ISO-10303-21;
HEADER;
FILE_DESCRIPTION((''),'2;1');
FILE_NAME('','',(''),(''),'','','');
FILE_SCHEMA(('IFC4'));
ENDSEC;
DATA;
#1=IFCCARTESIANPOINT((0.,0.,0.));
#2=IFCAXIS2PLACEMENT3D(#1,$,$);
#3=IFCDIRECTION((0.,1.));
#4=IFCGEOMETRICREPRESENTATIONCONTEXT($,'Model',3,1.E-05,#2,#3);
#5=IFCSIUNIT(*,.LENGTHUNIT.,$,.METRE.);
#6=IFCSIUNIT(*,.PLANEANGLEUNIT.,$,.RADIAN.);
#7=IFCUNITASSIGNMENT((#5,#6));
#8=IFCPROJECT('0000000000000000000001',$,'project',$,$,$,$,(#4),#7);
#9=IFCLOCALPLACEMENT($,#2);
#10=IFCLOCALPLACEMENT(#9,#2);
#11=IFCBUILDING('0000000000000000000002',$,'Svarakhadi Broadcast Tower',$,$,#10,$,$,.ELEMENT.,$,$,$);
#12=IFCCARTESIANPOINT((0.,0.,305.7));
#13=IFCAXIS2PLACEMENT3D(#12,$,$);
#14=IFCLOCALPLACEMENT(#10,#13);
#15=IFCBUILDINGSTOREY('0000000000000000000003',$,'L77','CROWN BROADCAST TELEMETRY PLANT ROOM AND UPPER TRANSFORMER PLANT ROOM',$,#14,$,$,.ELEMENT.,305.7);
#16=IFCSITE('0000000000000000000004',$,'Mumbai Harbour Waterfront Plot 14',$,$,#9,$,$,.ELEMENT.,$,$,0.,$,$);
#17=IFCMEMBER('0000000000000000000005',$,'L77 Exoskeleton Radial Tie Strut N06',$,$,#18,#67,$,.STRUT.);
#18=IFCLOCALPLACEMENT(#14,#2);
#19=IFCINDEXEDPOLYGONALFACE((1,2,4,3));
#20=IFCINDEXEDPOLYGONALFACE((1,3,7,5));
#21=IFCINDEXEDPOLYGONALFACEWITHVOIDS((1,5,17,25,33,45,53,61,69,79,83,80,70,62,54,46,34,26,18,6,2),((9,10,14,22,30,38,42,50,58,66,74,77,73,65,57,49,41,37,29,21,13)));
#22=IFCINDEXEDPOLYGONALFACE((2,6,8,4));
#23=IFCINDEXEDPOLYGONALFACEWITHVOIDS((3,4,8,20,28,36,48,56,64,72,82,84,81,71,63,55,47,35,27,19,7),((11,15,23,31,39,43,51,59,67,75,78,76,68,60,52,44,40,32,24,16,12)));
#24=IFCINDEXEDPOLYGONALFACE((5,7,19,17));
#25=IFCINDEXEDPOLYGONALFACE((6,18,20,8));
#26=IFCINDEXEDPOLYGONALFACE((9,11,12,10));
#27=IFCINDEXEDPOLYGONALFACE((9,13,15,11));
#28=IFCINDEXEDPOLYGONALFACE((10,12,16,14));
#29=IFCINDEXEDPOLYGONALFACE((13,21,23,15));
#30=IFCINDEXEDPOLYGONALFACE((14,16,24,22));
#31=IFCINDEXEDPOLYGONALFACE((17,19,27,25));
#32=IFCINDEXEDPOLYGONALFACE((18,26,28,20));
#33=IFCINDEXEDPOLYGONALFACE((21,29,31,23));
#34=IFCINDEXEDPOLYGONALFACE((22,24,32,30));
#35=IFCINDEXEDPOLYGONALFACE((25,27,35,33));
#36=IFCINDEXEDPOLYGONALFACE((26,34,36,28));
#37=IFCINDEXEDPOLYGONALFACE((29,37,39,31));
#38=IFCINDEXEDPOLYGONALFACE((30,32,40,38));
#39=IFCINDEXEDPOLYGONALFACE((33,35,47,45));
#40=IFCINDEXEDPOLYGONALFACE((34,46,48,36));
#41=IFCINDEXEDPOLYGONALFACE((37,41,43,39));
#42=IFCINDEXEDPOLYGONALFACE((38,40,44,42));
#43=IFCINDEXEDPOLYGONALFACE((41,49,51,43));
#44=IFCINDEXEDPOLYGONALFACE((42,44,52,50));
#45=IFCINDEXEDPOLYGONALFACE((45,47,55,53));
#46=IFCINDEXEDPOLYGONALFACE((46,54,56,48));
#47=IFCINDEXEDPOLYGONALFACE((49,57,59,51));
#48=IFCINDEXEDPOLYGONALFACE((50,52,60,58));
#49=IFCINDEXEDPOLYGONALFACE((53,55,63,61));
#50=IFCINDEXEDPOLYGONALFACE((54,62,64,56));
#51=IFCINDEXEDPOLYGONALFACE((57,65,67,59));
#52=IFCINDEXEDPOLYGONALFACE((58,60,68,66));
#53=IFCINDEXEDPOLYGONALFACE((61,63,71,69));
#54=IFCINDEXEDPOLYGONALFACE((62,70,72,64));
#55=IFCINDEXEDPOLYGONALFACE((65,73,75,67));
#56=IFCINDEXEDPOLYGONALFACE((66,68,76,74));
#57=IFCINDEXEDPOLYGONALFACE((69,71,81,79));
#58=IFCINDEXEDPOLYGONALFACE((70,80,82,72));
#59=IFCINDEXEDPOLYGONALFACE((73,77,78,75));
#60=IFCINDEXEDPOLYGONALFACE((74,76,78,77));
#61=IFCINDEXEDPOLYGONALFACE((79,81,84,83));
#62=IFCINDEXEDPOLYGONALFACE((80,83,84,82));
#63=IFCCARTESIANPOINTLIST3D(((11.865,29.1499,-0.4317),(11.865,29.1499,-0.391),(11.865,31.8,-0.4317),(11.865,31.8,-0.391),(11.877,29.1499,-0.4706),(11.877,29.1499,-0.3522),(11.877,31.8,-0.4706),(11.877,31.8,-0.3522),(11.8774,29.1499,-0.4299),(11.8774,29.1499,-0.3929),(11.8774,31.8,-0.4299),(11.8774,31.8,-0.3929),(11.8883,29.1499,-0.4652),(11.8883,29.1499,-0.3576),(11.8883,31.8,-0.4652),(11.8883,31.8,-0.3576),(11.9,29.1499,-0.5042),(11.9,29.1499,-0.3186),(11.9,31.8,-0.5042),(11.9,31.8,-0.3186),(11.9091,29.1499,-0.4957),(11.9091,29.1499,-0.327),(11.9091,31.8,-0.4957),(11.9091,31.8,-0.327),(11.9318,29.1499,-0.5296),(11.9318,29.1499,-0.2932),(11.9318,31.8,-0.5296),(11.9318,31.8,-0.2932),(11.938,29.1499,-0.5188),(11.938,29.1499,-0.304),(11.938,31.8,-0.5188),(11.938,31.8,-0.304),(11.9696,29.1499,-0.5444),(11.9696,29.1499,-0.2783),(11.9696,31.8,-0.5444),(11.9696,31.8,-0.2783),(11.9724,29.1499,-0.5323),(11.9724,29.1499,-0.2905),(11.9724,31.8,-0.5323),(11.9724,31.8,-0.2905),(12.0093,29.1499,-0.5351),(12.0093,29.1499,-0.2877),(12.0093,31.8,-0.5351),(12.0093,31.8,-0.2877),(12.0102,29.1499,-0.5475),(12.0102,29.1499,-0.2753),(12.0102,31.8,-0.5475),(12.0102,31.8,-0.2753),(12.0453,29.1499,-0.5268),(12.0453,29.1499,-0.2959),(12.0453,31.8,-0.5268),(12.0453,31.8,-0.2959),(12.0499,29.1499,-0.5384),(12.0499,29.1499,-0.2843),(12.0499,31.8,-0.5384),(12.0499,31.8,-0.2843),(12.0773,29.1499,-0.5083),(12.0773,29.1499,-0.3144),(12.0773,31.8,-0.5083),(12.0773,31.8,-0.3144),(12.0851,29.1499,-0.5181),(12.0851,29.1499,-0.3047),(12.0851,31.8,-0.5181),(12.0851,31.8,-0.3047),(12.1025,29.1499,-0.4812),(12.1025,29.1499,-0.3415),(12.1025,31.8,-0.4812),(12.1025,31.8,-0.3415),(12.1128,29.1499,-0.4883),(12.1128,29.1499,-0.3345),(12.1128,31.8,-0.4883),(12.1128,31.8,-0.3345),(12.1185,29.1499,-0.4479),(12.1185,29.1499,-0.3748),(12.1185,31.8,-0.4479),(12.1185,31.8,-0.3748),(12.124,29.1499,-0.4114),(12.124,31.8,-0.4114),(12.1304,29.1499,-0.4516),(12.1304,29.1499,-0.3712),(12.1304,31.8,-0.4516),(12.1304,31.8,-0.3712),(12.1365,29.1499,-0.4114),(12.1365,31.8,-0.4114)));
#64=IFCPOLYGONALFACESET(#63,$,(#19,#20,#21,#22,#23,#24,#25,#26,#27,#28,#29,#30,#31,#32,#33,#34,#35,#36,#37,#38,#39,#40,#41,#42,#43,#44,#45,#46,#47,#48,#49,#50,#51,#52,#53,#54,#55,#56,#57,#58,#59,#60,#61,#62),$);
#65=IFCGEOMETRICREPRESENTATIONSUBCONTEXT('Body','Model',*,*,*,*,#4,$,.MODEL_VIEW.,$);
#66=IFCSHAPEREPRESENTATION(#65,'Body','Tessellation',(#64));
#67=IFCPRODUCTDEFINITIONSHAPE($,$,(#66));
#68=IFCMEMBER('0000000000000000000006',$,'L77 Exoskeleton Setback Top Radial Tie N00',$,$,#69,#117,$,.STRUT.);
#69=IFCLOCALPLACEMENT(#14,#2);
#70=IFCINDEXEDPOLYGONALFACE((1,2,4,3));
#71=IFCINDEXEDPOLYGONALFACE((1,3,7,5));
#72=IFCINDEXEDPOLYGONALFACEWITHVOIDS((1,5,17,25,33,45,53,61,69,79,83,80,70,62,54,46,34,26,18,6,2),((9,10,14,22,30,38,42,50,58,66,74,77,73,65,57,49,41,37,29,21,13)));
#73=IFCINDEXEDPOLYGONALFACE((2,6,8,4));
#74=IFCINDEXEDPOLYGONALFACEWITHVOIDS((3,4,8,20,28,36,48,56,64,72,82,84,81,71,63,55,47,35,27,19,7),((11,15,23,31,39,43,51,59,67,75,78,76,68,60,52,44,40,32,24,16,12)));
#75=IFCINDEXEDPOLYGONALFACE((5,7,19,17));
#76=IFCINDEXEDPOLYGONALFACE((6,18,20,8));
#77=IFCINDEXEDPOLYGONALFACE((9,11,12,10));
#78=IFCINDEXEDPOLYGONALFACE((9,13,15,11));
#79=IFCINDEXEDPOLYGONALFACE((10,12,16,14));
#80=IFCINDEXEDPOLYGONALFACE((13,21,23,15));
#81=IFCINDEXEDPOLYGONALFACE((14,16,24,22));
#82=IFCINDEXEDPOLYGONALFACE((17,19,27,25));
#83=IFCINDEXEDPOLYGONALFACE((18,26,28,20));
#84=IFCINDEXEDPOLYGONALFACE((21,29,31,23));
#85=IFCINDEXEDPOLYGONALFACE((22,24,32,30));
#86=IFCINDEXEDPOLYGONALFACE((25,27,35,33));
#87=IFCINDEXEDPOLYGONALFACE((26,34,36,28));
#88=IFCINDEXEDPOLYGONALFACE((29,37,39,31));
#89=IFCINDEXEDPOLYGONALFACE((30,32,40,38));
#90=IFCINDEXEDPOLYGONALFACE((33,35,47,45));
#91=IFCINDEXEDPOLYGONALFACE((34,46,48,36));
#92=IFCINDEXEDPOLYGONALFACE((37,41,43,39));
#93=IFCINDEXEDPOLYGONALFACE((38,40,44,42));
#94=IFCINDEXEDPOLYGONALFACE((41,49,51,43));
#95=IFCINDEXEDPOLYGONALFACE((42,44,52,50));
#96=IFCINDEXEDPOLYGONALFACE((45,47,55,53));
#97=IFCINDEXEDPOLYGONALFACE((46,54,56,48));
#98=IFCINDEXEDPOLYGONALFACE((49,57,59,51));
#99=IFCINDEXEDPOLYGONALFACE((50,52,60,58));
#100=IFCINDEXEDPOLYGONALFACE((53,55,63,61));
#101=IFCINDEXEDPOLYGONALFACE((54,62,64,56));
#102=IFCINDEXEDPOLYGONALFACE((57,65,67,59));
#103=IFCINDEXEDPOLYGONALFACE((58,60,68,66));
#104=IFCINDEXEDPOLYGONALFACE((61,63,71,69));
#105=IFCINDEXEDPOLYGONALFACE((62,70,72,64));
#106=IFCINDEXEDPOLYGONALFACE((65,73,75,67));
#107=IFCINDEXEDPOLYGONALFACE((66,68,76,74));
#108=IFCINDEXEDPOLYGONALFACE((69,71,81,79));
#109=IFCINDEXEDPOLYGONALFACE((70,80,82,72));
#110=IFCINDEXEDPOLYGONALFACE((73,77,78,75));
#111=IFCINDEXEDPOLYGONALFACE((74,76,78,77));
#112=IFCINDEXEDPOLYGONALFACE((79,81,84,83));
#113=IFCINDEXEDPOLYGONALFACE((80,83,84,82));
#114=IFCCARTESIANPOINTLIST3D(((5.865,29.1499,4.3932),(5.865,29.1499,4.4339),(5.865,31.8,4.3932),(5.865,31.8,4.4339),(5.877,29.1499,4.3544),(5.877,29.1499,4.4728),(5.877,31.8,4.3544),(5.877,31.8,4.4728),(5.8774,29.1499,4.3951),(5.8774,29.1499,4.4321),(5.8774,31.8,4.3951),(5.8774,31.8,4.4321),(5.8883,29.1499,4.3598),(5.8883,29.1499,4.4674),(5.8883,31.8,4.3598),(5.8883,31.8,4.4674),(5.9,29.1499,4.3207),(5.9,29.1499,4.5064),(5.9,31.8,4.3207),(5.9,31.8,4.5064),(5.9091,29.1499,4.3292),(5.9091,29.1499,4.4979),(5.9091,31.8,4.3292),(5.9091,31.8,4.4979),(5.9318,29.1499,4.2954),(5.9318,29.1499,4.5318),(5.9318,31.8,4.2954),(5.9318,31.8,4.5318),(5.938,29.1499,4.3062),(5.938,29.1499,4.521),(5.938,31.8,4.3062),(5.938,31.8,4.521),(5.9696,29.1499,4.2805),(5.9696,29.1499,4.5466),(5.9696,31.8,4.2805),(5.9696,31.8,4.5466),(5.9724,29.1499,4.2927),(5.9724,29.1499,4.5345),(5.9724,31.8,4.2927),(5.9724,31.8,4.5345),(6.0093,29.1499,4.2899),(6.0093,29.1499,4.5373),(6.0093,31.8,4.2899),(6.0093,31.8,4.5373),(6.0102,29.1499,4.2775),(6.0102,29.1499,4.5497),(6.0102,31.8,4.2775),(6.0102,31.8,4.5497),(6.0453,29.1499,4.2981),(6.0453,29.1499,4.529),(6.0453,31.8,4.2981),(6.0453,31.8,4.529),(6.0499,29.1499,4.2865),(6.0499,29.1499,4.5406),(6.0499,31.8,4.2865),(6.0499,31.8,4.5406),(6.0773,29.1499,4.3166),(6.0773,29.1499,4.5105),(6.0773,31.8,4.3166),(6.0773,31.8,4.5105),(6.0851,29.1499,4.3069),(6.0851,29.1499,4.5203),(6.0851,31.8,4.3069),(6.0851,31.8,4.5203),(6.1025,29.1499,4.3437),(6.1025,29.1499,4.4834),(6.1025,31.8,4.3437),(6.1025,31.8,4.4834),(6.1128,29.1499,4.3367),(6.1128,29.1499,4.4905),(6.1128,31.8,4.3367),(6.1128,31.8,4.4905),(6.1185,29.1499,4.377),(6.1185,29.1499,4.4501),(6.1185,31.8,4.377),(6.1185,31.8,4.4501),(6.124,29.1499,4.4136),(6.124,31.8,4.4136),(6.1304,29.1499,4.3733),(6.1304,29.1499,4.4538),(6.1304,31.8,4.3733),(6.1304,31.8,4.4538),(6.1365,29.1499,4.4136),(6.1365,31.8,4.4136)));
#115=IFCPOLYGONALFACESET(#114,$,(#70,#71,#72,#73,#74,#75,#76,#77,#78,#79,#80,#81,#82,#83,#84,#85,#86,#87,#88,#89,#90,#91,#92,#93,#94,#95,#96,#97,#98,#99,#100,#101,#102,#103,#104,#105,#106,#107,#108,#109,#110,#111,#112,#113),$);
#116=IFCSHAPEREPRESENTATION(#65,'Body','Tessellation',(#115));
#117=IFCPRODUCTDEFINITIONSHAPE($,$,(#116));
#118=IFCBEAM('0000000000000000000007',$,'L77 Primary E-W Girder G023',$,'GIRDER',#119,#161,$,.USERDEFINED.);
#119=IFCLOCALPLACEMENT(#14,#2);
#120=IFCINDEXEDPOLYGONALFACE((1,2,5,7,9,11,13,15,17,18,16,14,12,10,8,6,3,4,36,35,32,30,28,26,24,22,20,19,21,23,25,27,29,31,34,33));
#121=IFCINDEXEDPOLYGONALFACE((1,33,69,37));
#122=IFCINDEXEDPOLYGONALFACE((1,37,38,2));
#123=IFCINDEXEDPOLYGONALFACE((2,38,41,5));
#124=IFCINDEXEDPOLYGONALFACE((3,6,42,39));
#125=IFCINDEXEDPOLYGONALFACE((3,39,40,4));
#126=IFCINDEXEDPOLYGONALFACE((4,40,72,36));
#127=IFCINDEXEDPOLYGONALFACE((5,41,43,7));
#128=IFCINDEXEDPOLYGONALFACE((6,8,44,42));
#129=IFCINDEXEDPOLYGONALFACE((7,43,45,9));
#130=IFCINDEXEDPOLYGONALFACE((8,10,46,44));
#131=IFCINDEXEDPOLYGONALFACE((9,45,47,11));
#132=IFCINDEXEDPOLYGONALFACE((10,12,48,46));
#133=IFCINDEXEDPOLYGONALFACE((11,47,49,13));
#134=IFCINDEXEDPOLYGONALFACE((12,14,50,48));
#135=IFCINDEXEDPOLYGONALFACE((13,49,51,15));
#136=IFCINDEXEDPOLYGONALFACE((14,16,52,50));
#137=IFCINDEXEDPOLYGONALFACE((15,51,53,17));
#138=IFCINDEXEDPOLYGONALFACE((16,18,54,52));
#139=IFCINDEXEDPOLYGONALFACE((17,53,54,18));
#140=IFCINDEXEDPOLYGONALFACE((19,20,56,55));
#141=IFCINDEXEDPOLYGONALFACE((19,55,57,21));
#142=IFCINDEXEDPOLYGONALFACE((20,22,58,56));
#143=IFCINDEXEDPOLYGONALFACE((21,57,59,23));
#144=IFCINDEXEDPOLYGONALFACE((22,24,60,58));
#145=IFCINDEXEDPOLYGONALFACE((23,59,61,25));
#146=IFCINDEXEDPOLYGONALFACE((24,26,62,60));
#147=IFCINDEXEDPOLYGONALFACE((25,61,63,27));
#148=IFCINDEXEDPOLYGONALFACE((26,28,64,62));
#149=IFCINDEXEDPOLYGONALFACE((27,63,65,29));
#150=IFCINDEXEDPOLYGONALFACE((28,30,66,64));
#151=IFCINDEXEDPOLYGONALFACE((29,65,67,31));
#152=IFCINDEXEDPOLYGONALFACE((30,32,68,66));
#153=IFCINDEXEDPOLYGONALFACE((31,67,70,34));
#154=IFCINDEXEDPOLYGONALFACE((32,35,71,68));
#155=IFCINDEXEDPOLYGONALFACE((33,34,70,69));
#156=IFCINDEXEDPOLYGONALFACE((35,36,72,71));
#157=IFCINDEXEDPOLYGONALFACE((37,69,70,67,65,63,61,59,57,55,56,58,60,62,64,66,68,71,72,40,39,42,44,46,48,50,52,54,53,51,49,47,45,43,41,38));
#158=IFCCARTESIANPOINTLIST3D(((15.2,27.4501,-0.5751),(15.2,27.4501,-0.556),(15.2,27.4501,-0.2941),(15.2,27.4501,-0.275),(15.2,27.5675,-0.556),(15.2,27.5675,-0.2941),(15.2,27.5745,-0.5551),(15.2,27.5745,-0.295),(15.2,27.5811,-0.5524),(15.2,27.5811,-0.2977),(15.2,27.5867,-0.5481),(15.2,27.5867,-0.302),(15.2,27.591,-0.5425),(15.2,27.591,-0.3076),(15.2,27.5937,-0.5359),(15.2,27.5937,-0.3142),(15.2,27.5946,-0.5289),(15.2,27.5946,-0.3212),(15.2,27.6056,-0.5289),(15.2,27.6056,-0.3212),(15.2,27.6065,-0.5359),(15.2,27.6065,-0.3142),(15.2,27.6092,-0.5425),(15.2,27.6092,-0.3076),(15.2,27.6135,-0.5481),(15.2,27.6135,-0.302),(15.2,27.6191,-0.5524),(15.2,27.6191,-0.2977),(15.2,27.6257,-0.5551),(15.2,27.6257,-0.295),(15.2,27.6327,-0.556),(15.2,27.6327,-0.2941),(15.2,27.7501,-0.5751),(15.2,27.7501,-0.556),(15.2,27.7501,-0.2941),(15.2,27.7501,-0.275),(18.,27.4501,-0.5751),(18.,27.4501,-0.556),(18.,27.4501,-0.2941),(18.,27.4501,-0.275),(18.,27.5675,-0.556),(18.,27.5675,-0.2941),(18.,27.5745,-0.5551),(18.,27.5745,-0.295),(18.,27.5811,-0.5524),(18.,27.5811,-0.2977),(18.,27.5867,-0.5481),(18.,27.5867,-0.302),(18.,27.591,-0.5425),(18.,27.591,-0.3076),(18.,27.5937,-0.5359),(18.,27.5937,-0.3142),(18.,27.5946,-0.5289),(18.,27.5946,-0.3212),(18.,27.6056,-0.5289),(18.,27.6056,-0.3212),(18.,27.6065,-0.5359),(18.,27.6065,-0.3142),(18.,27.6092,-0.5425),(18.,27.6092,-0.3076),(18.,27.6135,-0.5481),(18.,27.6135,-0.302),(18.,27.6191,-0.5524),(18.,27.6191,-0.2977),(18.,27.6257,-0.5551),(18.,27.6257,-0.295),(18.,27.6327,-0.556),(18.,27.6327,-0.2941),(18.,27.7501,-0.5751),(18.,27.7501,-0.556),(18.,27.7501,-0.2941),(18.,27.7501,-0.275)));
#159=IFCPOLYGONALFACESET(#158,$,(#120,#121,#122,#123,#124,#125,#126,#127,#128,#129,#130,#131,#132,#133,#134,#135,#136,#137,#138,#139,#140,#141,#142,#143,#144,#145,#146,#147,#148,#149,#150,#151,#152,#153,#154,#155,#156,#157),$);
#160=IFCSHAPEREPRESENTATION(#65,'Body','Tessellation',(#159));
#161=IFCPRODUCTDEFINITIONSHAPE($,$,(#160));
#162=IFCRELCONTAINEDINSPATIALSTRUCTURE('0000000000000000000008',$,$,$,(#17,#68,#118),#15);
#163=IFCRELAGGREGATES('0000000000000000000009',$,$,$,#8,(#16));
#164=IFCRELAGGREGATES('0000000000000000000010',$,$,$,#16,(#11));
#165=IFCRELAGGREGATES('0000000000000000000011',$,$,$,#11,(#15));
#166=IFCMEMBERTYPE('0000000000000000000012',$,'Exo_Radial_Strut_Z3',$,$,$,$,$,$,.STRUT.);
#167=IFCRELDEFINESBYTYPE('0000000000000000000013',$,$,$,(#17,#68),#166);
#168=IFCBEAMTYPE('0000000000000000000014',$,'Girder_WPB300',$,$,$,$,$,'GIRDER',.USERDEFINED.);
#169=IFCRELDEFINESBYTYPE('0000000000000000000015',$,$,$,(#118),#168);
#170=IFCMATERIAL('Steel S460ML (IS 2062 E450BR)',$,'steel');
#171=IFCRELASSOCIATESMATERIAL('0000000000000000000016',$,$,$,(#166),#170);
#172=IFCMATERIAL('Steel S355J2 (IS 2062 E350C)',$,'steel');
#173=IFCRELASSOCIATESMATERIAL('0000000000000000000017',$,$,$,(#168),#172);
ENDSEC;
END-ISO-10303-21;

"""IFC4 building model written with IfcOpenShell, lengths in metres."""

from ifc_helpers import new_model, si_unit, direction, frame, origin, origin_2d, place, context, subcontext, project, spatial, hollow_circle, i_section, extrude, material, material_profile, profile_set, type_object, element, save


model = new_model("IFC4")

# Units and contexts
model_context = context("Model", 3, precision=1e-05, world=origin(), true_north=direction((0.0, 1.0)))
body_context = subcontext(model_context, "Body", "Model", "MODEL_VIEW")
ifc_project = project(units=[si_unit("LENGTHUNIT", "METRE"), si_unit("PLANEANGLEUNIT", "RADIAN")], contexts=[model_context])

# Site, building, storey
site_placement = place(None, origin())
site = spatial("IfcSite", under=ifc_project, at=site_placement, Name="Mumbai Harbour Waterfront Plot 14", CompositionType="ELEMENT", RefElevation=0.0)
building_placement = place(site_placement, origin())
building = spatial("IfcBuilding", under=site, at=building_placement, Name="Svarakhadi Broadcast Tower", CompositionType="ELEMENT")
storey_placement = place(building_placement, frame((0.0, 0.0, 305.7)))
storey = spatial("IfcBuildingStorey", under=building, at=storey_placement, Name="L77", Description="CROWN BROADCAST TELEMETRY PLANT ROOM AND UPPER TRANSFORMER PLANT ROOM", CompositionType="ELEMENT", Elevation=305.7)

# Shared definitions
ifc_material_1 = material(Name="Steel S460ML (IS 2062 E450BR)", Category="steel")

# Members
ifc_material_profile_1 = material_profile(ifc_material_1, hollow_circle(Radius=0.1365, WallThickness=0.0125, at=origin_2d()), Name="CHS 273x12.5")
ifc_profile_set_1 = profile_set([ifc_material_profile_1], Name="Steel S460ML (IS 2062 E450BR)")
member_type_1 = type_object("IfcMemberType", Name="Exo_Radial_Strut_Z3", PredefinedType="STRUT", material=ifc_profile_set_1)
for number, where, z_axis, x_axis, name in (
    (1, (12.0, 31.8, -0.4114), (0.0, -1.0, 0.0), (1.0, 0.0, 0.0), "L77 Exoskeleton Radial Tie Strut N06"),
    (2, (6.0, 31.8, 4.4136), (0.0, -1.0, 0.0), (1.0, 0.0, 0.0), "L77 Exoskeleton Setback Top Radial Tie N00"),
):
    element("IfcMember", number, at=place(storey_placement, frame(where, z_axis=z_axis, x_axis=x_axis)), inside=storey, type_object=member_type_1, Name=name, PredefinedType="STRUT", context=body_context, shape_type="SweptSolid", body=[
        extrude(hollow_circle(Radius=0.1365, WallThickness=0.0125, at=origin_2d()), origin(), (0.0, 0.0, 1.0), 2.6501),
    ])

# Beam
ifc_material_2 = material(Name="Steel S355J2 (IS 2062 E350C)", Category="steel")
ifc_material_profile_2 = material_profile(ifc_material_2, i_section(OverallWidth=0.3, OverallDepth=0.3, WebThickness=0.011, FlangeThickness=0.019, FilletRadius=0.0271, at=origin_2d()), Name="WPB 300x300x117")
ifc_profile_set_2 = profile_set([ifc_material_profile_2], Name="Steel S355J2 (IS 2062 E350C)")
beam_type_1 = type_object("IfcBeamType", Name="Girder_WPB300", ElementType="GIRDER", PredefinedType="USERDEFINED", material=ifc_profile_set_2)
beam_1_placement = place(storey_placement, frame((15.2, 27.6001, -0.425), z_axis=(1.0, 0.0, 0.0), x_axis=(0.0, 1.0, 0.0)))
element("IfcBeam", 3, at=beam_1_placement, inside=storey, type_object=beam_type_1, Name="L77 Primary E-W Girder G023", ObjectType="GIRDER", PredefinedType="USERDEFINED", context=body_context, shape_type="SweptSolid", body=[
    extrude(i_section(OverallWidth=0.3, OverallDepth=0.3, WebThickness=0.011, FlangeThickness=0.019, FilletRadius=0.0271, at=origin_2d()), origin(), (0.0, 0.0, 1.0), 2.8),
])

save(model, "model.ifc")
